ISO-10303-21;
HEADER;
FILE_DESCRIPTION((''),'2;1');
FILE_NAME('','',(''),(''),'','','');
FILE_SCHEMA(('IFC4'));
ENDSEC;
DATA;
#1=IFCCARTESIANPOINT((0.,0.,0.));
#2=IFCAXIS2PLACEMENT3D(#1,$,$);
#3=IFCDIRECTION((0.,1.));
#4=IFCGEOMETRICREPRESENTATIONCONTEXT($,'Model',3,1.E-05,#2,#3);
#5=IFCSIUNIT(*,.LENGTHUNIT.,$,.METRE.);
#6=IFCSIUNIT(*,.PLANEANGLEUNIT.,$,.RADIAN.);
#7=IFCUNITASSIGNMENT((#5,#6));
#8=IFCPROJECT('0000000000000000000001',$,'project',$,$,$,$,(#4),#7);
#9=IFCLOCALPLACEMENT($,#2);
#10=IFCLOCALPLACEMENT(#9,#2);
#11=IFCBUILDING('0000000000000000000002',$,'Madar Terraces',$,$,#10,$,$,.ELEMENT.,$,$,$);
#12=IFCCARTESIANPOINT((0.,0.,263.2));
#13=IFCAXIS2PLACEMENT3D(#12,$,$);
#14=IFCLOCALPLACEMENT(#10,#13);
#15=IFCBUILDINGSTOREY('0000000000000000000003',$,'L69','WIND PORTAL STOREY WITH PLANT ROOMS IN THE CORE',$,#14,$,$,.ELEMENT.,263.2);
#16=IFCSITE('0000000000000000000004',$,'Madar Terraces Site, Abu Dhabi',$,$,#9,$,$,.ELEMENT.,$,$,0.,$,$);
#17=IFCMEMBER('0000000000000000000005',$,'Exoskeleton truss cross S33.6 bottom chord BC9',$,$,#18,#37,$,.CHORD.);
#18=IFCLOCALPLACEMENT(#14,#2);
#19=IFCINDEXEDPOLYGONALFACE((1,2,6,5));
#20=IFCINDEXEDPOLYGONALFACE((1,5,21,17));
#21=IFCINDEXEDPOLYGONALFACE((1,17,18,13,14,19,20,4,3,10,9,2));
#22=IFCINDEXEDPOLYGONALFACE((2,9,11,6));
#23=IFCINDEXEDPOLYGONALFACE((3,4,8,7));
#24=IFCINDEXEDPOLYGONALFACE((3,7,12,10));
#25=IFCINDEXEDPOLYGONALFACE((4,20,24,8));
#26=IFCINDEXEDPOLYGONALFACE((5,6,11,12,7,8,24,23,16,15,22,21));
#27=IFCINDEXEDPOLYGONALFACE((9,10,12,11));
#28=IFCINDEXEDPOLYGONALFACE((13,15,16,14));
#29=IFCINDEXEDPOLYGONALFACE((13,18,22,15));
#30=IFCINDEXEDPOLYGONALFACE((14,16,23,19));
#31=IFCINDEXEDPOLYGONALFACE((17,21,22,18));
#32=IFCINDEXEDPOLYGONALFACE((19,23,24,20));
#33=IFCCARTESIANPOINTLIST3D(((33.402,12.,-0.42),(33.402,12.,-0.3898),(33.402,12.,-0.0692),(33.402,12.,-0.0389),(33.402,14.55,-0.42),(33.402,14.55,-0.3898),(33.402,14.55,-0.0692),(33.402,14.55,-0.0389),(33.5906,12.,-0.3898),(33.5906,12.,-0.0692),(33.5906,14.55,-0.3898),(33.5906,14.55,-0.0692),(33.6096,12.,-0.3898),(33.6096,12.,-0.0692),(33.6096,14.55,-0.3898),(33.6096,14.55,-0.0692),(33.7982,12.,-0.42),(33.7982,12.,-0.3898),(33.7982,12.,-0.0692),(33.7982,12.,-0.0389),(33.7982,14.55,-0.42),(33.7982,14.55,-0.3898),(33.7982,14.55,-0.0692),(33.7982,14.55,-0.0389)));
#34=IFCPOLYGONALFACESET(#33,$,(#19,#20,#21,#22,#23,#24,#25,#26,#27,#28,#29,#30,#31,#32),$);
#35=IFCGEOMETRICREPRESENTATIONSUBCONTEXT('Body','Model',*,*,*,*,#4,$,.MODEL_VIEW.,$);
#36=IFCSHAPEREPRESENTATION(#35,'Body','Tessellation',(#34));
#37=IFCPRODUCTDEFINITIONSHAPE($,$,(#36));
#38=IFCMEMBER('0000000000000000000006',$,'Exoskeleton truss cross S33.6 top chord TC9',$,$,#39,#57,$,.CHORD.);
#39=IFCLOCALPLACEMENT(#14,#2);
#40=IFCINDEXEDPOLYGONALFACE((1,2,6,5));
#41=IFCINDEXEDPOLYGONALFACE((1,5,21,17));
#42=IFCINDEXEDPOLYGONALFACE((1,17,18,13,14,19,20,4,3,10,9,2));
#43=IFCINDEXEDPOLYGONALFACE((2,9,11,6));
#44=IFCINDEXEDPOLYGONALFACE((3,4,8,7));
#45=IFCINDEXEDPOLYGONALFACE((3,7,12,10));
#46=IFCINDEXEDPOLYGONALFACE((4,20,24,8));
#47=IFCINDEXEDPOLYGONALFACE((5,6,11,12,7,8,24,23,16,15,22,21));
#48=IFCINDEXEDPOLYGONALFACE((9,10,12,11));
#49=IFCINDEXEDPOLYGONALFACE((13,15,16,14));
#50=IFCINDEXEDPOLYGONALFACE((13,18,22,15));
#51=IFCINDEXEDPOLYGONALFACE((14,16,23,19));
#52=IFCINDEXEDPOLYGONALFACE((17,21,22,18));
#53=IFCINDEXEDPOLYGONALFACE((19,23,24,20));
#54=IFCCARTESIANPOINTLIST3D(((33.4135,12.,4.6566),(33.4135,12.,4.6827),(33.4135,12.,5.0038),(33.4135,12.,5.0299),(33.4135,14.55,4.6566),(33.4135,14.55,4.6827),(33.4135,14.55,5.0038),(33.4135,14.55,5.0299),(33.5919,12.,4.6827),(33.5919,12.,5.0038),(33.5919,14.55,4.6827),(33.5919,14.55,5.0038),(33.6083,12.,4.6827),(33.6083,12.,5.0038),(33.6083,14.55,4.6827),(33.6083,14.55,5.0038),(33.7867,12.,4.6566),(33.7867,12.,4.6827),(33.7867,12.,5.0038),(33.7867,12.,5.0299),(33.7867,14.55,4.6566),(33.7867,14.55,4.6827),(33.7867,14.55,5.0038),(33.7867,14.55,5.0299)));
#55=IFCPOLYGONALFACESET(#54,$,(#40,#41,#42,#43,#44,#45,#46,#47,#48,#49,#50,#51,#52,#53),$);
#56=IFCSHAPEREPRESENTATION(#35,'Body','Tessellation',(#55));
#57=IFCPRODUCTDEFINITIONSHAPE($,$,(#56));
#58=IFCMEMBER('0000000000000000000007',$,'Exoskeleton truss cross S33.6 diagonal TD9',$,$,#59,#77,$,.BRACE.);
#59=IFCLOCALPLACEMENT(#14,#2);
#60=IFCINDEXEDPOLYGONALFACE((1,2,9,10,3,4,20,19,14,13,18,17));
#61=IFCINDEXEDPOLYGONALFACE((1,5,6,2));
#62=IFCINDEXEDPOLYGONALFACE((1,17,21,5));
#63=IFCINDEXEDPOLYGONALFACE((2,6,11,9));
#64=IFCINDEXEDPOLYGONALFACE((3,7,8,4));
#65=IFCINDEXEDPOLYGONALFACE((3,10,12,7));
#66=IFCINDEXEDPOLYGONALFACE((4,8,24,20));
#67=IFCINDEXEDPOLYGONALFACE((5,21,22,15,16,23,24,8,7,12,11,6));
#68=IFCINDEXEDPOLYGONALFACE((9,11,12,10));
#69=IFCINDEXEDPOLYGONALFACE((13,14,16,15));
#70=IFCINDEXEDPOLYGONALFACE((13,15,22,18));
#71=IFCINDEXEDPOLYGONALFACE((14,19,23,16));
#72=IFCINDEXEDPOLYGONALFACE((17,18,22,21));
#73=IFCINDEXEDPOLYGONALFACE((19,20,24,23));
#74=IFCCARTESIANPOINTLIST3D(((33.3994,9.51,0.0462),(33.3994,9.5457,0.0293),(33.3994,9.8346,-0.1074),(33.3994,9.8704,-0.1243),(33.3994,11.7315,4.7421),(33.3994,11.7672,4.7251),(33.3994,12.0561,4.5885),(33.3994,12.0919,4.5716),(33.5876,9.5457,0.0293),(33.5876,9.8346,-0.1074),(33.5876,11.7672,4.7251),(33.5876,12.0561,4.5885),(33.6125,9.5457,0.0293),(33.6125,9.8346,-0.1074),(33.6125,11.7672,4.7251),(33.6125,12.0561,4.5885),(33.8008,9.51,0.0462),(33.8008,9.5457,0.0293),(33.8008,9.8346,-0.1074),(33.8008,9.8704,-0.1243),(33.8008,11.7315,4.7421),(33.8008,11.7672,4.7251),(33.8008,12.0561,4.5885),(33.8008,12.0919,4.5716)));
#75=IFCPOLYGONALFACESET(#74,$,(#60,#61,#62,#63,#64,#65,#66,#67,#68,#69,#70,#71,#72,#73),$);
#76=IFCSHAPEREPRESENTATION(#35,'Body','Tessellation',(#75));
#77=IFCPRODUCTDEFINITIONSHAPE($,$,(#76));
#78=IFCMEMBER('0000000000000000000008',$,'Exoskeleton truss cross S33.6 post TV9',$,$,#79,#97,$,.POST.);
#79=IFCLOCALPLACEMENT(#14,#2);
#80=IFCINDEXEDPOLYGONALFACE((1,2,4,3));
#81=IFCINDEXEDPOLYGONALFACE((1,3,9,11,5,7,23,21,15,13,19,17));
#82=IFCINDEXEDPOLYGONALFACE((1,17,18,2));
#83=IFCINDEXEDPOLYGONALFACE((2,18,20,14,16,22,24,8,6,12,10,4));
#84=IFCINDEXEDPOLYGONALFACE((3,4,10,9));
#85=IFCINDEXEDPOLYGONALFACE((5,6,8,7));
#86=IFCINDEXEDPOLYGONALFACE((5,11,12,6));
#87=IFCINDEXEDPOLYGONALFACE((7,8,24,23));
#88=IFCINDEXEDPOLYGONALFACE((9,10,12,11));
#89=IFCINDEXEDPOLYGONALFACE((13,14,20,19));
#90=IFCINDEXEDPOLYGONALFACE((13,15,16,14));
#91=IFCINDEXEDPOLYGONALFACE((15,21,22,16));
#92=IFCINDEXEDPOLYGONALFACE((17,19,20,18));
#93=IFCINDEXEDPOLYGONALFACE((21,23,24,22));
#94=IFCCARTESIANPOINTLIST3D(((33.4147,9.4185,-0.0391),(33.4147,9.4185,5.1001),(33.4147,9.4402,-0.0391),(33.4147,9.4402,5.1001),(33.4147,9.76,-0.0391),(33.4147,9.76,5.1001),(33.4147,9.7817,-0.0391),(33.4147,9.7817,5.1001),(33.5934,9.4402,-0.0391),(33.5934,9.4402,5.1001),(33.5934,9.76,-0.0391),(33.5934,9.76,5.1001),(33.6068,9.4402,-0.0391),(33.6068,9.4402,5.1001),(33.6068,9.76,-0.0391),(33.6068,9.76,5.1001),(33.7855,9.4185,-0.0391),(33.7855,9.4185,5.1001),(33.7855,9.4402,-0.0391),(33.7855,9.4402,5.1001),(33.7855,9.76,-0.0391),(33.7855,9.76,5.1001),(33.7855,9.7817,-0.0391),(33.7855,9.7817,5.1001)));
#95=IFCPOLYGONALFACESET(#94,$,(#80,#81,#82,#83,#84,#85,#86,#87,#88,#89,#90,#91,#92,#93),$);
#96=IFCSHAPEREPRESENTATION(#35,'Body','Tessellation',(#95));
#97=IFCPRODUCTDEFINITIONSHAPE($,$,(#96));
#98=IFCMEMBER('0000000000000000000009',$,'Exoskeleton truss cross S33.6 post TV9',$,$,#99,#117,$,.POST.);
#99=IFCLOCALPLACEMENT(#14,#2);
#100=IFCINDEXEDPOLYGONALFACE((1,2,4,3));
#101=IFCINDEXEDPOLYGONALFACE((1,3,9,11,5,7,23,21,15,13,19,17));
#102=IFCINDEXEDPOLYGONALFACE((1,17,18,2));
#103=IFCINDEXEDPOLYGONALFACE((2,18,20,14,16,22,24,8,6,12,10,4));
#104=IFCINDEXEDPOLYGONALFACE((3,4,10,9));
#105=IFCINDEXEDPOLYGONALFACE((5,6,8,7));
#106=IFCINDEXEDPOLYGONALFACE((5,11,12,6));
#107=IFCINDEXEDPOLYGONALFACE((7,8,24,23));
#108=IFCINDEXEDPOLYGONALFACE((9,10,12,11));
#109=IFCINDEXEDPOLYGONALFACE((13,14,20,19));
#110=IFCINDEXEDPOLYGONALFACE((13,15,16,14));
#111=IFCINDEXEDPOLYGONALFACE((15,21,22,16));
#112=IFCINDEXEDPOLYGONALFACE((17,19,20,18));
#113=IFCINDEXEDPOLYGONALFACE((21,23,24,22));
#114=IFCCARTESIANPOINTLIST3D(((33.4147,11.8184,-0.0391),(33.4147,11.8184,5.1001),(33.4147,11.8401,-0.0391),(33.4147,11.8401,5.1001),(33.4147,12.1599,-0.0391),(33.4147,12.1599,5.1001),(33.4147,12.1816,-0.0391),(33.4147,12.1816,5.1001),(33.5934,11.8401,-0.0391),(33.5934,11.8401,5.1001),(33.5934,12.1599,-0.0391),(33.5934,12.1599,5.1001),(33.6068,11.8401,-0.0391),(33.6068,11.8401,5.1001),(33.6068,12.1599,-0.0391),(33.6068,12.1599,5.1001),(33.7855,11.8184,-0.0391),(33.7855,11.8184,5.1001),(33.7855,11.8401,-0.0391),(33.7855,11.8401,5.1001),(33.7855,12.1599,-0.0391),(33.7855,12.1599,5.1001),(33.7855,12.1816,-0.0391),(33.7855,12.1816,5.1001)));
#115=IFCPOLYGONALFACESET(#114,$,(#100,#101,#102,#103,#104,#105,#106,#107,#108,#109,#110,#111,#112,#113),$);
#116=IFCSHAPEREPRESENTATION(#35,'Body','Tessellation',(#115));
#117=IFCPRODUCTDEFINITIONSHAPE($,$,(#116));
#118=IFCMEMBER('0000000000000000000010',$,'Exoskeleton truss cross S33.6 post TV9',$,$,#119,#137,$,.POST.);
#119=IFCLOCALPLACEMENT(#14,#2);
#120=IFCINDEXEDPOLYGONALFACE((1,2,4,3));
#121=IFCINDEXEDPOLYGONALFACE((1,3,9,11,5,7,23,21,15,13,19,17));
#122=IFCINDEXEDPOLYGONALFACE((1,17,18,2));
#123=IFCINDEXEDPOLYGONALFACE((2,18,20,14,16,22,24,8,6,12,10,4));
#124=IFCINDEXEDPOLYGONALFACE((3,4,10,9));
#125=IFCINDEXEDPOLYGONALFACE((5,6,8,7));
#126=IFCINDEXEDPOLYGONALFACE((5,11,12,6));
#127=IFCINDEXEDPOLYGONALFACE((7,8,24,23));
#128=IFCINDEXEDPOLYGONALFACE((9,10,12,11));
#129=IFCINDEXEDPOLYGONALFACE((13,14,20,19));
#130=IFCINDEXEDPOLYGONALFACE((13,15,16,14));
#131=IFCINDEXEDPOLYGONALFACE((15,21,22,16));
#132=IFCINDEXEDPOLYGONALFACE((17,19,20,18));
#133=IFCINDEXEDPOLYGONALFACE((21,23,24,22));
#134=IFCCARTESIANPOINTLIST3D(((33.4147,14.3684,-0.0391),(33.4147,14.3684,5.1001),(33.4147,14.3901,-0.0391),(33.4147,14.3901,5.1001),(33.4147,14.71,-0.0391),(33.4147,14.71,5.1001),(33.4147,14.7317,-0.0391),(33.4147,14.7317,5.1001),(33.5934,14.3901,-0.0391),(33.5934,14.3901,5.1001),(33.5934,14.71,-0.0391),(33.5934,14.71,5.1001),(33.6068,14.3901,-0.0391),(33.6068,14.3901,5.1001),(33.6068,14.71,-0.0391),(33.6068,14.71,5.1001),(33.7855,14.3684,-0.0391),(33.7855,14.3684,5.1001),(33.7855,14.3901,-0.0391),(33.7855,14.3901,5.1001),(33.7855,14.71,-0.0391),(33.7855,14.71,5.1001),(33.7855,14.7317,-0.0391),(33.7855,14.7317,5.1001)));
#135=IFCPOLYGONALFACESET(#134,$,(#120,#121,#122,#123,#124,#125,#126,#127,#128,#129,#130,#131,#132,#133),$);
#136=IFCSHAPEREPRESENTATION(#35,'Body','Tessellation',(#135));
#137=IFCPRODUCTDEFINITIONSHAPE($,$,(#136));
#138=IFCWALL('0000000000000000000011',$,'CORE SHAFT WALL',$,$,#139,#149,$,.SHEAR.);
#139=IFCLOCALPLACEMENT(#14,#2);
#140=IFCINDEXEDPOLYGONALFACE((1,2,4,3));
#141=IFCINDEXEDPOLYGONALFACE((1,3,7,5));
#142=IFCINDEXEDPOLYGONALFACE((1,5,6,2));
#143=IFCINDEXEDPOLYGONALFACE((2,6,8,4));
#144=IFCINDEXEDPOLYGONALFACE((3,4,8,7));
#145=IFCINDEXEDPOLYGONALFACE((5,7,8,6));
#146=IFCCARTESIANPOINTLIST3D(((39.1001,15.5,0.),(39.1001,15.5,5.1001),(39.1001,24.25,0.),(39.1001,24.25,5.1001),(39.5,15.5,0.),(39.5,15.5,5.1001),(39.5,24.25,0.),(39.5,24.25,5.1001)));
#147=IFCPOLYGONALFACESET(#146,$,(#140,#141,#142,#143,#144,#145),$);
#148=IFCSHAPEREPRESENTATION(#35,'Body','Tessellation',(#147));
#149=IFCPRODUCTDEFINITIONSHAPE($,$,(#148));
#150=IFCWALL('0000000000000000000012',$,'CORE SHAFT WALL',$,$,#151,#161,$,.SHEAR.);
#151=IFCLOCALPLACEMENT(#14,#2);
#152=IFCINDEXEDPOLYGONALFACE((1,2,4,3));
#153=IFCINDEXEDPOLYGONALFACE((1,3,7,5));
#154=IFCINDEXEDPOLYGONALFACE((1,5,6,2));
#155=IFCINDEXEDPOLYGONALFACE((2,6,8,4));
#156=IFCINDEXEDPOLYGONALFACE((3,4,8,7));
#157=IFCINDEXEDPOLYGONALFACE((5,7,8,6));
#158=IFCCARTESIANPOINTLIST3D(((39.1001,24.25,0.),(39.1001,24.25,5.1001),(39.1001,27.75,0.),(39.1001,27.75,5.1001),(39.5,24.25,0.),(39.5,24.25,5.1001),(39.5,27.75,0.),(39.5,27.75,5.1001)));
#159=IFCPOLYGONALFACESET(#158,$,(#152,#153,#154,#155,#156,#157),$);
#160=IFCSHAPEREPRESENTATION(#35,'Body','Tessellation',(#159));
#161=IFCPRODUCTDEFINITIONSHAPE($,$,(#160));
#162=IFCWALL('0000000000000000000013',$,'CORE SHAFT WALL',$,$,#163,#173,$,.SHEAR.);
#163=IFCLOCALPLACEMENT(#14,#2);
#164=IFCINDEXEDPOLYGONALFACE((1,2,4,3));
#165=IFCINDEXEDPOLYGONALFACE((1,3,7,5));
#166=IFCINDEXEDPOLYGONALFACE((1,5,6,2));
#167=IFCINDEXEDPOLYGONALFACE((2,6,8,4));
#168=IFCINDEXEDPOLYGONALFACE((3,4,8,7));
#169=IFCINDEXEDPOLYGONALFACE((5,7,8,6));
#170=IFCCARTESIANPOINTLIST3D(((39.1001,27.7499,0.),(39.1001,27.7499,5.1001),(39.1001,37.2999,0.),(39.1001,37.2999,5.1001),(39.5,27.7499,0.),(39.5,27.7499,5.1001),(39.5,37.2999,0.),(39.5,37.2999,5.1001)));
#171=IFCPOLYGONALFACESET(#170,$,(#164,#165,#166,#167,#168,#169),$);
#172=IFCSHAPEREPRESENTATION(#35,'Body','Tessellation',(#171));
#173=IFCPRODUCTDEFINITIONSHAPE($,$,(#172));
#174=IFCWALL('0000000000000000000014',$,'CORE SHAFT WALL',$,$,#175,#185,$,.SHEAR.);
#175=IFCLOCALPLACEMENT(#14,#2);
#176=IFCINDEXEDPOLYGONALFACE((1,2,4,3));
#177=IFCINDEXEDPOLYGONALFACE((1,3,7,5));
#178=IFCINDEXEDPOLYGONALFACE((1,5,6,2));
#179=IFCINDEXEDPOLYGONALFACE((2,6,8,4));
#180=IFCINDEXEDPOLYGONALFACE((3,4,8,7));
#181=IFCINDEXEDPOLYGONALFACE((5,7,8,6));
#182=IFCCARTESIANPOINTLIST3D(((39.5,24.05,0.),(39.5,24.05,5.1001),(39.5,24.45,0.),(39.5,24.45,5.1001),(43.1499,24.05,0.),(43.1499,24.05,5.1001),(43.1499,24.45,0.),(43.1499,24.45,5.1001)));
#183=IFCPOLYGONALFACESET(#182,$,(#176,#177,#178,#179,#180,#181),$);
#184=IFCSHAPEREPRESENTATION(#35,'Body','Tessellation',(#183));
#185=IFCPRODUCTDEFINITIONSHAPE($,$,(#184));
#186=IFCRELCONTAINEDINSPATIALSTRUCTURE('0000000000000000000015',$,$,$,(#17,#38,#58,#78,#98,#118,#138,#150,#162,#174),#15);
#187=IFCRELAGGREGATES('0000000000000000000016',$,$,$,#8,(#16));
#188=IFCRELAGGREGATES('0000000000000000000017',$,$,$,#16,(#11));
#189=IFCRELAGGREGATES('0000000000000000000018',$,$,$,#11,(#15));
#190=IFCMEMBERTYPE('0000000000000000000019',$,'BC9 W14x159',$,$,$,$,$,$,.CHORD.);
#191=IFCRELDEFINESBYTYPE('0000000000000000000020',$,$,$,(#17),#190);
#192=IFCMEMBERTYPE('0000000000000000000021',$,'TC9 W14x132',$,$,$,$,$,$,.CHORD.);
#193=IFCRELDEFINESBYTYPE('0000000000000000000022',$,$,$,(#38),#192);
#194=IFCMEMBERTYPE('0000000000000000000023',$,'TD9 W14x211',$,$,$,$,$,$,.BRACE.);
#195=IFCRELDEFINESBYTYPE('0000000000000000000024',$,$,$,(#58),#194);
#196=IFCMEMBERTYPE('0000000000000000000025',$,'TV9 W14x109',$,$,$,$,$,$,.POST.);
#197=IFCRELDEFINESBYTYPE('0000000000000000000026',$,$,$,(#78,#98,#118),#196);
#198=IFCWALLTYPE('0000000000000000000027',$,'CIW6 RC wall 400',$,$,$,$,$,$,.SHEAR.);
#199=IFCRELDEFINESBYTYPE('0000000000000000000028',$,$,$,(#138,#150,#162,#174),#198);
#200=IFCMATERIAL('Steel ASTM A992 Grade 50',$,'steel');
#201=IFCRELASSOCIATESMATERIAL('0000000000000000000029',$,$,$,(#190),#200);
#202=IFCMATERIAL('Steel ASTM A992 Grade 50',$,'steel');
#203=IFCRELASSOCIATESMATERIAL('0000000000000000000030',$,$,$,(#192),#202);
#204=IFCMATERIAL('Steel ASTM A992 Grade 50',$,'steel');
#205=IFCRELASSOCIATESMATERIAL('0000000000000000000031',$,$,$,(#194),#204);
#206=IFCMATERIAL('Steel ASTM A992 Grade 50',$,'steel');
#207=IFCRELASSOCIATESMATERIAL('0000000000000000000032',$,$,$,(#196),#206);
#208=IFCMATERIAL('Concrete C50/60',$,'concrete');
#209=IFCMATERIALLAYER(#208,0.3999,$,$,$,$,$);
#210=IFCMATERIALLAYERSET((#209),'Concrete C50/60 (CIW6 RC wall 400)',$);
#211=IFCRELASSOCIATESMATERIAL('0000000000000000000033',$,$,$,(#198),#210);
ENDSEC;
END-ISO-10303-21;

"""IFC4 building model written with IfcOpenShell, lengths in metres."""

from ifc_helpers import new_model, si_unit, direction, frame, frame_2d, origin, origin_2d, place, context, subcontext, project, spatial, rectangle, i_section, extrude, material, layer, layer_set, material_profile, profile_set, type_object, element, save


model = new_model("IFC4")

# Units and contexts
model_context = context("Model", 3, precision=1e-05, world=origin(), true_north=direction((0.0, 1.0)))
body_context = subcontext(model_context, "Body", "Model", "MODEL_VIEW")
ifc_project = project(units=[si_unit("LENGTHUNIT", "METRE"), si_unit("PLANEANGLEUNIT", "RADIAN")], contexts=[model_context])

# Site, building, storey
site_placement = place(None, origin())
site = spatial("IfcSite", under=ifc_project, at=site_placement, Name="Madar Terraces Site, Abu Dhabi", CompositionType="ELEMENT", RefElevation=0.0)
building_placement = place(site_placement, origin())
building = spatial("IfcBuilding", under=site, at=building_placement, Name="Madar Terraces", CompositionType="ELEMENT")
storey_placement = place(building_placement, frame((0.0, 0.0, 263.2)))
storey = spatial("IfcBuildingStorey", under=building, at=storey_placement, Name="L69", Description="WIND PORTAL STOREY WITH PLANT ROOMS IN THE CORE", CompositionType="ELEMENT", Elevation=263.2)

# Members
ifc_material_1 = material(Name="Steel ASTM A992 Grade 50", Category="steel")
ifc_material_profile_1 = material_profile(ifc_material_1, i_section(OverallWidth=0.3962, OverallDepth=0.3811, WebThickness=0.019, FlangeThickness=0.0303, at=origin_2d()), Name="W14x159")
ifc_profile_set_1 = profile_set([ifc_material_profile_1], Name="Steel ASTM A992 Grade 50")
member_type_1 = type_object("IfcMemberType", Name="BC9 W14x159", PredefinedType="CHORD", material=ifc_profile_set_1)
member_1_placement = place(storey_placement, frame((33.6001, 12.0, -0.2295), z_axis=(0.0, 1.0, 0.0), x_axis=(-1.0, 0.0, 0.0)))
element("IfcMember", 1, at=member_1_placement, inside=storey, type_object=member_type_1, Name="Exoskeleton truss cross S33.6 bottom chord BC9", PredefinedType="CHORD", context=body_context, shape_type="SweptSolid", body=[
    extrude(i_section(OverallWidth=0.3962, OverallDepth=0.3811, WebThickness=0.019, FlangeThickness=0.0303, at=origin_2d()), origin(), (0.0, 0.0, 1.0), 2.55),
])
ifc_material_2 = material(Name="Steel ASTM A992 Grade 50", Category="steel")
ifc_material_profile_2 = material_profile(ifc_material_2, i_section(OverallWidth=0.3733, OverallDepth=0.3733, WebThickness=0.0164, FlangeThickness=0.0261, at=origin_2d()), Name="W14x132")
ifc_profile_set_2 = profile_set([ifc_material_profile_2], Name="Steel ASTM A992 Grade 50")
member_type_2 = type_object("IfcMemberType", Name="TC9 W14x132", PredefinedType="CHORD", material=ifc_profile_set_2)
member_2_placement = place(storey_placement, frame((33.6001, 12.0, 4.8433), z_axis=(0.0, 1.0, 0.0), x_axis=(-1.0, 0.0, 0.0)))
element("IfcMember", 2, at=member_2_placement, inside=storey, type_object=member_type_2, Name="Exoskeleton truss cross S33.6 top chord TC9", PredefinedType="CHORD", context=body_context, shape_type="SweptSolid", body=[
    extrude(i_section(OverallWidth=0.3733, OverallDepth=0.3733, WebThickness=0.0164, FlangeThickness=0.0261, at=origin_2d()), origin(), (0.0, 0.0, 1.0), 2.55),
])
ifc_material_3 = material(Name="Steel ASTM A992 Grade 50", Category="steel")
ifc_material_profile_3 = material_profile(ifc_material_3, i_section(OverallWidth=0.4014, OverallDepth=0.3987, WebThickness=0.0249, FlangeThickness=0.0396, at=origin_2d()), Name="W14x211")
ifc_profile_set_3 = profile_set([ifc_material_profile_3], Name="Steel ASTM A992 Grade 50")
member_type_3 = type_object("IfcMemberType", Name="TD9 W14x211", PredefinedType="BRACE", material=ifc_profile_set_3)
member_3_placement = place(storey_placement, frame((33.6001, 9.6902, -0.0391), z_axis=(0.0, 0.427632, 0.903953), x_axis=(-1.0, 0.0, 0.0)))
element("IfcMember", 3, at=member_3_placement, inside=storey, type_object=member_type_3, Name="Exoskeleton truss cross S33.6 diagonal TD9", PredefinedType="BRACE", context=body_context, shape_type="SweptSolid", body=[
    extrude(i_section(OverallWidth=0.4014, OverallDepth=0.3987, WebThickness=0.0249, FlangeThickness=0.0396, at=origin_2d()), origin(), (0.0, 0.0, 1.0), 5.1948),
])
ifc_material_4 = material(Name="Steel ASTM A992 Grade 50", Category="steel")
ifc_material_profile_4 = material_profile(ifc_material_4, i_section(OverallWidth=0.3708, OverallDepth=0.3633, WebThickness=0.0134, FlangeThickness=0.0217, at=origin_2d()), Name="W14x109")
ifc_profile_set_4 = profile_set([ifc_material_profile_4], Name="Steel ASTM A992 Grade 50")
member_type_4 = type_object("IfcMemberType", Name="TV9 W14x109", PredefinedType="POST", material=ifc_profile_set_4)
for number, where, z_axis, x_axis, name in (
    (4, (33.6001, 9.6001, -0.0391), (0.0, 0.0, 1.0), (-1.0, 0.0, 0.0), "Exoskeleton truss cross S33.6 post TV9"),
    (5, (33.6001, 12.0, -0.0391), (0.0, 0.0, 1.0), (-1.0, 0.0, 0.0), "Exoskeleton truss cross S33.6 post TV9"),
    (6, (33.6001, 14.55, -0.0391), (0.0, 0.0, 1.0), (-1.0, 0.0, 0.0), "Exoskeleton truss cross S33.6 post TV9"),
):
    element("IfcMember", number, at=place(storey_placement, frame(where, z_axis=z_axis, x_axis=x_axis)), inside=storey, type_object=member_type_4, Name=name, PredefinedType="POST", context=body_context, shape_type="SweptSolid", body=[
        extrude(i_section(OverallWidth=0.3708, OverallDepth=0.3633, WebThickness=0.0134, FlangeThickness=0.0217, at=origin_2d()), origin(), (0.0, 0.0, 1.0), 5.1392),
    ])

# Walls
ifc_material_5 = material(Name="Concrete C50/60", Category="concrete")
ifc_layer_1 = layer(ifc_material_5, 0.3999)
ifc_layer_set_1 = layer_set([ifc_layer_1], Name="Concrete C50/60 (CIW6 RC wall 400)")
wall_type_1 = type_object("IfcWallType", Name="CIW6 RC wall 400", PredefinedType="SHEAR", material=ifc_layer_set_1)
wall_1_placement = place(storey_placement, frame((39.3, 15.5, 0.0), z_axis=(0.0, 0.0, 1.0), x_axis=(0.0, 1.0, 0.0)))
element("IfcWall", 7, at=wall_1_placement, inside=storey, type_object=wall_type_1, Name="CORE SHAFT WALL", PredefinedType="SHEAR", context=body_context, shape_type="SweptSolid", body=[
    extrude(rectangle(XDim=8.75, YDim=0.3999, at=frame_2d((4.375, 0.0))), origin(), (0.0, 0.0, 1.0), 5.1001),
])
wall_2_placement = place(storey_placement, frame((39.3, 24.25, 0.0), z_axis=(0.0, 0.0, 1.0), x_axis=(0.0, 1.0, 0.0)))
element("IfcWall", 8, at=wall_2_placement, inside=storey, type_object=wall_type_1, Name="CORE SHAFT WALL", PredefinedType="SHEAR", context=body_context, shape_type="SweptSolid", body=[
    extrude(rectangle(XDim=3.5, YDim=0.3999, at=frame_2d((1.75, 0.0))), origin(), (0.0, 0.0, 1.0), 5.1001),
])
wall_3_placement = place(storey_placement, frame((39.3, 27.75, 0.0), z_axis=(0.0, 0.0, 1.0), x_axis=(0.0, 1.0, 0.0)))
element("IfcWall", 9, at=wall_3_placement, inside=storey, type_object=wall_type_1, Name="CORE SHAFT WALL", PredefinedType="SHEAR", context=body_context, shape_type="SweptSolid", body=[
    extrude(rectangle(XDim=9.55, YDim=0.3999, at=frame_2d((4.7749, 0.0))), origin(), (0.0, 0.0, 1.0), 5.1001),
])
wall_4_placement = place(storey_placement, frame((39.5, 24.25, 0.0), z_axis=(0.0, 0.0, 1.0), x_axis=(1.0, 0.0, 0.0)))
element("IfcWall", 10, at=wall_4_placement, inside=storey, type_object=wall_type_1, Name="CORE SHAFT WALL", PredefinedType="SHEAR", context=body_context, shape_type="SweptSolid", body=[
    extrude(rectangle(XDim=3.6499, YDim=0.3999, at=frame_2d((1.825, 0.0))), origin(), (0.0, 0.0, 1.0), 5.1001),
])

save(model, "model.ifc")
